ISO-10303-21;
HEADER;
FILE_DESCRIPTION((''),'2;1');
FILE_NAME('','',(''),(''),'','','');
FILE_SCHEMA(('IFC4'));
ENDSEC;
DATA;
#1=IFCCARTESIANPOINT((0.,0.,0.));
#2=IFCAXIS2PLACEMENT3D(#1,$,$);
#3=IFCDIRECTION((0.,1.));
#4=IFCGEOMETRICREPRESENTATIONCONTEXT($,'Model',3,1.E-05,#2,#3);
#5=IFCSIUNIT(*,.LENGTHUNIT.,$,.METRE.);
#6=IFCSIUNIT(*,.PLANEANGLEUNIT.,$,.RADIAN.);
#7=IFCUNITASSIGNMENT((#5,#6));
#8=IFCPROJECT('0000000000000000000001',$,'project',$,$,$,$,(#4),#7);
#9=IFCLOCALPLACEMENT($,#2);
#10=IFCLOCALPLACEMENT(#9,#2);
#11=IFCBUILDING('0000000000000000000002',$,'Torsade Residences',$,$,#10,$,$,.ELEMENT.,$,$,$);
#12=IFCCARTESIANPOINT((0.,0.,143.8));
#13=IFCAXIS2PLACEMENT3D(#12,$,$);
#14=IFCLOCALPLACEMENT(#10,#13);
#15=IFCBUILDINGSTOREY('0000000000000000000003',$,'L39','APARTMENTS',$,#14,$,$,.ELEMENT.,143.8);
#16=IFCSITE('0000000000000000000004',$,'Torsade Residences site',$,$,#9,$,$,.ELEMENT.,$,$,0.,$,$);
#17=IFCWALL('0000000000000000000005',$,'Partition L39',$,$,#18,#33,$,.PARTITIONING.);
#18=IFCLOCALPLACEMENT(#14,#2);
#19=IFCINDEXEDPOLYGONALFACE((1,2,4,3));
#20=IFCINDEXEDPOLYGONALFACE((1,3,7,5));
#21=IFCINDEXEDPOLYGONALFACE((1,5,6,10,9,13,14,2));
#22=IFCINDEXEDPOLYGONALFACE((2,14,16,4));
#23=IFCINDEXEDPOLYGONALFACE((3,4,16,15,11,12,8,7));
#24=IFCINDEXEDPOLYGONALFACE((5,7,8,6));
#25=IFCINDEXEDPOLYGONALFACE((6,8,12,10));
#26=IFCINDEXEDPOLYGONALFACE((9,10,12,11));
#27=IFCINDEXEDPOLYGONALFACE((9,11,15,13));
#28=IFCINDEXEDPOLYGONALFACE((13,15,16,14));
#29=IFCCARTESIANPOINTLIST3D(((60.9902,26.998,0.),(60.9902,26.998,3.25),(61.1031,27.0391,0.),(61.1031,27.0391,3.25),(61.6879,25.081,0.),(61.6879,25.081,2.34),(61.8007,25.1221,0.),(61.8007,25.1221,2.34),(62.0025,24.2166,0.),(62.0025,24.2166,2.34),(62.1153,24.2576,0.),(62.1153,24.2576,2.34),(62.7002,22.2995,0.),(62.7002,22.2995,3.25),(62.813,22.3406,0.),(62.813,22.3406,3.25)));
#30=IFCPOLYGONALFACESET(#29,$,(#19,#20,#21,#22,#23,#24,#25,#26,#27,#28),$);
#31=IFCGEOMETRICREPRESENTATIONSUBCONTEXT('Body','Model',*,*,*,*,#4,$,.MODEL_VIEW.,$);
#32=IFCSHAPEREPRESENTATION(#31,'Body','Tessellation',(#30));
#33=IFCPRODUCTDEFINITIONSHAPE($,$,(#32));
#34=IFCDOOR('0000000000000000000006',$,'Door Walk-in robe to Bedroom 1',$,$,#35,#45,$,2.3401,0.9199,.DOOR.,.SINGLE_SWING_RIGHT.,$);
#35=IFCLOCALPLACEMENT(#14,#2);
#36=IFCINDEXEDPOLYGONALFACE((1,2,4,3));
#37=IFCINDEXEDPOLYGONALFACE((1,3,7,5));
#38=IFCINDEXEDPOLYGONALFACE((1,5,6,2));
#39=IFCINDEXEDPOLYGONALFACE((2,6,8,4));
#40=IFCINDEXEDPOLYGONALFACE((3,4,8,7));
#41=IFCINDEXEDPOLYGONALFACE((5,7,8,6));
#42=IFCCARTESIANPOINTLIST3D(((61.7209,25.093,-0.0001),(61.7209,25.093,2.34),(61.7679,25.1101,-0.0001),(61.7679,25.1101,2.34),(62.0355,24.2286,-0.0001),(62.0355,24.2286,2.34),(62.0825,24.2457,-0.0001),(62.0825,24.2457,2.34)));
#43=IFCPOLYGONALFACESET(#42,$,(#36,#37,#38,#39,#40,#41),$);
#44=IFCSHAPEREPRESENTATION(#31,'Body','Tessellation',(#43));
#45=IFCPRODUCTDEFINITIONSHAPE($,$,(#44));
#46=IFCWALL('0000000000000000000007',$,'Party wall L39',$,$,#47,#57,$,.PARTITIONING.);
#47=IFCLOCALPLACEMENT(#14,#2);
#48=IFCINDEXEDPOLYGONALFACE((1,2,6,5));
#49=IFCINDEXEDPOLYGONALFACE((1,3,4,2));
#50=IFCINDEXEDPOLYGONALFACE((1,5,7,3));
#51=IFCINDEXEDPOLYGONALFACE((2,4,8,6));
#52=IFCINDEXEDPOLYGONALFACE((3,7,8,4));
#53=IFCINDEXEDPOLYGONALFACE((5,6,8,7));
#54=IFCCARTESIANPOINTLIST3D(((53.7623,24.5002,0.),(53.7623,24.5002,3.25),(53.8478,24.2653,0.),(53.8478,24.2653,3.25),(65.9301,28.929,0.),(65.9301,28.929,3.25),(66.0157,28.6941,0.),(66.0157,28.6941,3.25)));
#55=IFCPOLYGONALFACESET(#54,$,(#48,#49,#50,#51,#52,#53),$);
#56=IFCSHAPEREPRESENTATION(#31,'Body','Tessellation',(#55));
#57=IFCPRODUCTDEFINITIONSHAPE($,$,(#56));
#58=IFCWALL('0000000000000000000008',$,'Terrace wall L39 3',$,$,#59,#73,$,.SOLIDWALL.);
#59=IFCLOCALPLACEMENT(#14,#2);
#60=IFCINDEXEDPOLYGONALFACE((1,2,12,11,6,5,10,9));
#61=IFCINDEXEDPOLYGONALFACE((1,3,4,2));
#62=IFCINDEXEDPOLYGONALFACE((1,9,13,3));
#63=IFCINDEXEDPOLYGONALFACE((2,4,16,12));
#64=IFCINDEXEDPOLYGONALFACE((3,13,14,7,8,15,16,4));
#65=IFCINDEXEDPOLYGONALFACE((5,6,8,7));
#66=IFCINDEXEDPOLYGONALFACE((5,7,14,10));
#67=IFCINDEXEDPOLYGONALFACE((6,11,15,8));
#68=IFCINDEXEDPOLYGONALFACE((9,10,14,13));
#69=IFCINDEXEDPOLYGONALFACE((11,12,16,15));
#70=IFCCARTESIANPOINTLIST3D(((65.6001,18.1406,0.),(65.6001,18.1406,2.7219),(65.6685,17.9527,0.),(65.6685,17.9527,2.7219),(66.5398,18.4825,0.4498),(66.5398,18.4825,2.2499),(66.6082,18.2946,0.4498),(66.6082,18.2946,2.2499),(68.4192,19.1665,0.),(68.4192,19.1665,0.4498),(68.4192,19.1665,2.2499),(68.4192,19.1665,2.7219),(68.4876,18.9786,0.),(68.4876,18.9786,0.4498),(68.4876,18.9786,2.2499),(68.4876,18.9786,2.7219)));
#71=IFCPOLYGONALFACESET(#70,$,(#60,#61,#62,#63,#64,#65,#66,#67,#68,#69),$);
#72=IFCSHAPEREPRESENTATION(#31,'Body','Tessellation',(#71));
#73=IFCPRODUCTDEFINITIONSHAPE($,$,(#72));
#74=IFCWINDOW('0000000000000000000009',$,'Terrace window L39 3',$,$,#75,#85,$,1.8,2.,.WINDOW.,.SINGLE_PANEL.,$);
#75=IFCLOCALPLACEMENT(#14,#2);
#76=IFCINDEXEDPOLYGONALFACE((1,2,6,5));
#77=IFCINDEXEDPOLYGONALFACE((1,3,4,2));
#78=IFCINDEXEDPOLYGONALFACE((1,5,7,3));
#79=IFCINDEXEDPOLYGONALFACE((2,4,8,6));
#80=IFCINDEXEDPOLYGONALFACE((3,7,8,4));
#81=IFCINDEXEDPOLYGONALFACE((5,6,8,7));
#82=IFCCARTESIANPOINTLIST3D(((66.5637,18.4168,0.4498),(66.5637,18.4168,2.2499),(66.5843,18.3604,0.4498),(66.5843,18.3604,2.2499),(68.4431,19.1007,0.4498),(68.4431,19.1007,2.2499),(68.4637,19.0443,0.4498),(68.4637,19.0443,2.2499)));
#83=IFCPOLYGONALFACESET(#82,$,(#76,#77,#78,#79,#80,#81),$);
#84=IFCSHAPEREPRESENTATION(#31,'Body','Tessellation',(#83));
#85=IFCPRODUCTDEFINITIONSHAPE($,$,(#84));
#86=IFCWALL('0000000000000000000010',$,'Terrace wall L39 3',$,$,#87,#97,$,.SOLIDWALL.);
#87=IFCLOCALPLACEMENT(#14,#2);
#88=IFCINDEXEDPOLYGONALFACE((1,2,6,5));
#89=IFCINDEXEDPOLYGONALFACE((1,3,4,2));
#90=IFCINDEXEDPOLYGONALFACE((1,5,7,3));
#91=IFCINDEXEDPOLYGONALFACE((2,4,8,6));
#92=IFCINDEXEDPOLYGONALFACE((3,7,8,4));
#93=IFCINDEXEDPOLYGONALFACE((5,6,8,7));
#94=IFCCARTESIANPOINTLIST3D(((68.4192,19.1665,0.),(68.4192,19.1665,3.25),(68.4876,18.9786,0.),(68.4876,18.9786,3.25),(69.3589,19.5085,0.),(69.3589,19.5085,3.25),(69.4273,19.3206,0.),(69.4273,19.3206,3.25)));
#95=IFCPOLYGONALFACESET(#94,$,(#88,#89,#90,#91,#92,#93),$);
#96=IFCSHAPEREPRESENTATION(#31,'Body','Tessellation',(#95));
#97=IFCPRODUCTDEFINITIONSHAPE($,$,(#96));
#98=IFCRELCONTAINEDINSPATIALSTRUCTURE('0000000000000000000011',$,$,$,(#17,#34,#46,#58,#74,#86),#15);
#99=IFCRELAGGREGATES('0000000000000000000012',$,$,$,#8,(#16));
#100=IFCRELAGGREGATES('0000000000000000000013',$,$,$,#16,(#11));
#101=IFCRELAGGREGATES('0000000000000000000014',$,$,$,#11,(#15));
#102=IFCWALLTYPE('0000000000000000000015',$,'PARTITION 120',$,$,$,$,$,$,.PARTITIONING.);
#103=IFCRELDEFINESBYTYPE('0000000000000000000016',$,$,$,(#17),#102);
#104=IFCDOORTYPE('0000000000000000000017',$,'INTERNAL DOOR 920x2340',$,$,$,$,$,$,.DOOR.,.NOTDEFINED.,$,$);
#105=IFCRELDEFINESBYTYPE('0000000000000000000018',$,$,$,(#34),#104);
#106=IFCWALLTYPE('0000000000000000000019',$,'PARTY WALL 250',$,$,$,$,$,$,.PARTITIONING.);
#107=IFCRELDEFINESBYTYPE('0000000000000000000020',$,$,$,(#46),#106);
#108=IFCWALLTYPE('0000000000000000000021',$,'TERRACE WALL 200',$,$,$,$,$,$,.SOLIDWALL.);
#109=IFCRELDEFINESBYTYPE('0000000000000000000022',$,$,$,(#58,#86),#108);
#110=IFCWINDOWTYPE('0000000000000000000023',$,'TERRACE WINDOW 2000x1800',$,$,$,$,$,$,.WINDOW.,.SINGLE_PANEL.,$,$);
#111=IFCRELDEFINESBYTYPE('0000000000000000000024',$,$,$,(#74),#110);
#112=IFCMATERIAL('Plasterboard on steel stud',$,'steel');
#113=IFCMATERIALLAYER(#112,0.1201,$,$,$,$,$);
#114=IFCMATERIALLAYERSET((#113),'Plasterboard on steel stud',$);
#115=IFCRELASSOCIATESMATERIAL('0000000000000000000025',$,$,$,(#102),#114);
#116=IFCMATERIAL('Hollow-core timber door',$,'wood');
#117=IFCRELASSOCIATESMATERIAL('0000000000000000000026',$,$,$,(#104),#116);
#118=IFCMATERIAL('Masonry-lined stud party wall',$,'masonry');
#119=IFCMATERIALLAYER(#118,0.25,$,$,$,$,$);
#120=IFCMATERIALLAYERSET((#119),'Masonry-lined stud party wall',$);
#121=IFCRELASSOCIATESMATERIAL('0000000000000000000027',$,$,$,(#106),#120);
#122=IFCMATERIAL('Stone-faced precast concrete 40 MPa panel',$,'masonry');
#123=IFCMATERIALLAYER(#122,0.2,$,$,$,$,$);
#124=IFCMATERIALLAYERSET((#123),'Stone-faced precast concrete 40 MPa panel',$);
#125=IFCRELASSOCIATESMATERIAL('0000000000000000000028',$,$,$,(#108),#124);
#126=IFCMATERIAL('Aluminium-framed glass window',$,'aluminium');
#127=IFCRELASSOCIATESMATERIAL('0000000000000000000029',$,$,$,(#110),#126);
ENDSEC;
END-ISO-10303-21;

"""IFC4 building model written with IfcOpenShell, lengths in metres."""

from ifc_helpers import new_model, si_unit, direction, frame, frame_2d, origin, place, context, subcontext, project, spatial, rectangle, extrude, material, layer, layer_set, type_object, element, fill, save


model = new_model("IFC4")

# Units and contexts
model_context = context("Model", 3, precision=1e-05, world=origin(), true_north=direction((0.0, 1.0)))
body_context = subcontext(model_context, "Body", "Model", "MODEL_VIEW")
ifc_project = project(units=[si_unit("LENGTHUNIT", "METRE"), si_unit("PLANEANGLEUNIT", "RADIAN")], contexts=[model_context])

# Site, building, storey
site_placement = place(None, origin())
site = spatial("IfcSite", under=ifc_project, at=site_placement, Name="Torsade Residences site", CompositionType="ELEMENT", RefElevation=0.0)
building_placement = place(site_placement, origin())
building = spatial("IfcBuilding", under=site, at=building_placement, Name="Torsade Residences", CompositionType="ELEMENT")
storey_placement = place(building_placement, frame((0.0, 0.0, 143.8)))
storey = spatial("IfcBuildingStorey", under=building, at=storey_placement, Name="L39", Description="APARTMENTS", CompositionType="ELEMENT", Elevation=143.8)

# Wall, opening, door
ifc_material_1 = material(Name="Plasterboard on steel stud", Category="steel")
ifc_layer_1 = layer(ifc_material_1, 0.1201)
ifc_layer_set_1 = layer_set([ifc_layer_1], Name="Plasterboard on steel stud")
wall_type_1 = type_object("IfcWallType", Name="PARTITION 120", PredefinedType="PARTITIONING", material=ifc_layer_set_1)
ifc_material_2 = material(Name="Hollow-core timber door", Category="wood")
door_type_1 = type_object("IfcDoorType", Name="INTERNAL DOOR 920x2340", OperationType="NOTDEFINED", PredefinedType="DOOR", material=ifc_material_2)
wall_1_placement = place(storey_placement, frame((62.7566, 22.3201, 0.0), z_axis=(0.0, 0.0, 1.0), x_axis=(-0.341994, 0.939702, 0.0)))
wall_1 = element("IfcWall", 1, at=wall_1_placement, inside=storey, type_object=wall_type_1, Name="Partition L39", PredefinedType="PARTITIONING", context=body_context, shape_type="SweptSolid", body=[
    extrude(rectangle(XDim=5.0, YDim=0.1201, at=frame_2d((2.5, 0.0))), origin(), (0.0, 0.0, 1.0), 3.25),
])
opening_1_placement = place(wall_1_placement, frame((2.04, 0.0, 0.0)))
opening_1 = element("IfcOpeningElement", 2, at=opening_1_placement, cuts=wall_1, PredefinedType="OPENING", context=body_context, shape_type="SweptSolid", body=[
    extrude(rectangle(XDim=0.9199, YDim=2.3401, at=frame_2d((0.46, 1.1699))), frame((0.0, 0.0701, 0.0), z_axis=(0.0, -1.0, 0.0), x_axis=(1.0, 0.0, 0.0)), (0.0, 0.0, 1.0), 0.1401),
])
door_1_placement = place(opening_1_placement, origin())
door_1 = element("IfcDoor", 3, at=door_1_placement, inside=storey, type_object=door_type_1, Name="Door Walk-in robe to Bedroom 1", OperationType="SINGLE_SWING_RIGHT", OverallHeight=2.3401, OverallWidth=0.9199, PredefinedType="DOOR", context=body_context, shape_type="SweptSolid", body=[
    extrude(rectangle(XDim=0.9199, YDim=2.3401, at=frame_2d((0.46, 1.1699))), frame((0.0, 0.0249, 0.0), z_axis=(0.0, -1.0, 0.0), x_axis=(1.0, 0.0, 0.0)), (0.0, 0.0, 1.0), 0.05),
])
fill(opening_1, door_1)

# Wall
ifc_material_3 = material(Name="Masonry-lined stud party wall", Category="masonry")
ifc_layer_2 = layer(ifc_material_3, 0.25)
ifc_layer_set_2 = layer_set([ifc_layer_2], Name="Masonry-lined stud party wall")
wall_type_2 = type_object("IfcWallType", Name="PARTY WALL 250", PredefinedType="PARTITIONING", material=ifc_layer_set_2)
wall_2_placement = place(storey_placement, frame((65.9729, 28.8115, 0.0), z_axis=(0.0, 0.0, 1.0), x_axis=(-0.939692, -0.342022, 0.0)))
element("IfcWall", 4, at=wall_2_placement, inside=storey, type_object=wall_type_2, Name="Party wall L39", PredefinedType="PARTITIONING", context=body_context, shape_type="SweptSolid", body=[
    extrude(rectangle(XDim=12.9487, YDim=0.25, at=frame_2d((6.4744, 0.0))), origin(), (0.0, 0.0, 1.0), 3.25),
])

# Wall, opening, window
ifc_material_4 = material(Name="Stone-faced precast concrete 40 MPa panel", Category="masonry")
ifc_layer_3 = layer(ifc_material_4, 0.2)
ifc_layer_set_3 = layer_set([ifc_layer_3], Name="Stone-faced precast concrete 40 MPa panel")
wall_type_3 = type_object("IfcWallType", Name="TERRACE WALL 200", PredefinedType="SOLIDWALL", material=ifc_layer_set_3)
wall_3_placement = place(storey_placement, frame((65.6343, 18.0466, 0.0), z_axis=(0.0, 0.0, 1.0), x_axis=(0.939713, 0.341965, 0.0)))
wall_3 = element("IfcWall", 5, at=wall_3_placement, inside=storey, type_object=wall_type_3, Name="Terrace wall L39 3", PredefinedType="SOLIDWALL", context=body_context, shape_type="SweptSolid", body=[
    extrude(rectangle(XDim=3.0, YDim=0.2, at=frame_2d((1.5, 0.0))), origin(), (0.0, 0.0, 1.0), 2.7219),
])
opening_2_placement = place(wall_3_placement, frame((1.0, 0.0, 0.45)))
opening_2 = element("IfcOpeningElement", 6, at=opening_2_placement, cuts=wall_3, PredefinedType="OPENING", context=body_context, shape_type="SweptSolid", body=[
    extrude(rectangle(XDim=2.0, YDim=1.8, at=frame_2d((1.0, 0.8999))), frame((0.0, 0.1099, 0.0), z_axis=(0.0, -1.0, 0.0), x_axis=(1.0, 0.0, 0.0)), (0.0, 0.0, 1.0), 0.22),
])
ifc_material_5 = material(Name="Aluminium-framed glass window", Category="aluminium")
window_type = type_object("IfcWindowType", Name="TERRACE WINDOW 2000x1800", PartitioningType="SINGLE_PANEL", PredefinedType="WINDOW", material=ifc_material_5)
window_placement = place(opening_2_placement, origin())
window = element("IfcWindow", 7, at=window_placement, inside=storey, type_object=window_type, Name="Terrace window L39 3", OverallHeight=1.8, OverallWidth=2.0, PartitioningType="SINGLE_PANEL", PredefinedType="WINDOW", context=body_context, shape_type="SweptSolid", body=[
    extrude(rectangle(XDim=2.0, YDim=1.8, at=frame_2d((1.0, 0.8999))), frame((0.0, 0.03, 0.0), z_axis=(0.0, -1.0, 0.0), x_axis=(1.0, 0.0, 0.0)), (0.0, 0.0, 1.0), 0.0601),
])
fill(opening_2, window)

# Wall
wall_4_placement = place(storey_placement, frame((68.4534, 19.0725, 0.0), z_axis=(0.0, 0.0, 1.0), x_axis=(0.939686, 0.342037, 0.0)))
element("IfcWall", 8, at=wall_4_placement, inside=storey, type_object=wall_type_3, Name="Terrace wall L39 3", PredefinedType="SOLIDWALL", context=body_context, shape_type="SweptSolid", body=[
    extrude(rectangle(XDim=1.0, YDim=0.2, at=frame_2d((0.5, 0.0))), origin(), (0.0, 0.0, 1.0), 3.25),
])

save(model, "model.ifc")
